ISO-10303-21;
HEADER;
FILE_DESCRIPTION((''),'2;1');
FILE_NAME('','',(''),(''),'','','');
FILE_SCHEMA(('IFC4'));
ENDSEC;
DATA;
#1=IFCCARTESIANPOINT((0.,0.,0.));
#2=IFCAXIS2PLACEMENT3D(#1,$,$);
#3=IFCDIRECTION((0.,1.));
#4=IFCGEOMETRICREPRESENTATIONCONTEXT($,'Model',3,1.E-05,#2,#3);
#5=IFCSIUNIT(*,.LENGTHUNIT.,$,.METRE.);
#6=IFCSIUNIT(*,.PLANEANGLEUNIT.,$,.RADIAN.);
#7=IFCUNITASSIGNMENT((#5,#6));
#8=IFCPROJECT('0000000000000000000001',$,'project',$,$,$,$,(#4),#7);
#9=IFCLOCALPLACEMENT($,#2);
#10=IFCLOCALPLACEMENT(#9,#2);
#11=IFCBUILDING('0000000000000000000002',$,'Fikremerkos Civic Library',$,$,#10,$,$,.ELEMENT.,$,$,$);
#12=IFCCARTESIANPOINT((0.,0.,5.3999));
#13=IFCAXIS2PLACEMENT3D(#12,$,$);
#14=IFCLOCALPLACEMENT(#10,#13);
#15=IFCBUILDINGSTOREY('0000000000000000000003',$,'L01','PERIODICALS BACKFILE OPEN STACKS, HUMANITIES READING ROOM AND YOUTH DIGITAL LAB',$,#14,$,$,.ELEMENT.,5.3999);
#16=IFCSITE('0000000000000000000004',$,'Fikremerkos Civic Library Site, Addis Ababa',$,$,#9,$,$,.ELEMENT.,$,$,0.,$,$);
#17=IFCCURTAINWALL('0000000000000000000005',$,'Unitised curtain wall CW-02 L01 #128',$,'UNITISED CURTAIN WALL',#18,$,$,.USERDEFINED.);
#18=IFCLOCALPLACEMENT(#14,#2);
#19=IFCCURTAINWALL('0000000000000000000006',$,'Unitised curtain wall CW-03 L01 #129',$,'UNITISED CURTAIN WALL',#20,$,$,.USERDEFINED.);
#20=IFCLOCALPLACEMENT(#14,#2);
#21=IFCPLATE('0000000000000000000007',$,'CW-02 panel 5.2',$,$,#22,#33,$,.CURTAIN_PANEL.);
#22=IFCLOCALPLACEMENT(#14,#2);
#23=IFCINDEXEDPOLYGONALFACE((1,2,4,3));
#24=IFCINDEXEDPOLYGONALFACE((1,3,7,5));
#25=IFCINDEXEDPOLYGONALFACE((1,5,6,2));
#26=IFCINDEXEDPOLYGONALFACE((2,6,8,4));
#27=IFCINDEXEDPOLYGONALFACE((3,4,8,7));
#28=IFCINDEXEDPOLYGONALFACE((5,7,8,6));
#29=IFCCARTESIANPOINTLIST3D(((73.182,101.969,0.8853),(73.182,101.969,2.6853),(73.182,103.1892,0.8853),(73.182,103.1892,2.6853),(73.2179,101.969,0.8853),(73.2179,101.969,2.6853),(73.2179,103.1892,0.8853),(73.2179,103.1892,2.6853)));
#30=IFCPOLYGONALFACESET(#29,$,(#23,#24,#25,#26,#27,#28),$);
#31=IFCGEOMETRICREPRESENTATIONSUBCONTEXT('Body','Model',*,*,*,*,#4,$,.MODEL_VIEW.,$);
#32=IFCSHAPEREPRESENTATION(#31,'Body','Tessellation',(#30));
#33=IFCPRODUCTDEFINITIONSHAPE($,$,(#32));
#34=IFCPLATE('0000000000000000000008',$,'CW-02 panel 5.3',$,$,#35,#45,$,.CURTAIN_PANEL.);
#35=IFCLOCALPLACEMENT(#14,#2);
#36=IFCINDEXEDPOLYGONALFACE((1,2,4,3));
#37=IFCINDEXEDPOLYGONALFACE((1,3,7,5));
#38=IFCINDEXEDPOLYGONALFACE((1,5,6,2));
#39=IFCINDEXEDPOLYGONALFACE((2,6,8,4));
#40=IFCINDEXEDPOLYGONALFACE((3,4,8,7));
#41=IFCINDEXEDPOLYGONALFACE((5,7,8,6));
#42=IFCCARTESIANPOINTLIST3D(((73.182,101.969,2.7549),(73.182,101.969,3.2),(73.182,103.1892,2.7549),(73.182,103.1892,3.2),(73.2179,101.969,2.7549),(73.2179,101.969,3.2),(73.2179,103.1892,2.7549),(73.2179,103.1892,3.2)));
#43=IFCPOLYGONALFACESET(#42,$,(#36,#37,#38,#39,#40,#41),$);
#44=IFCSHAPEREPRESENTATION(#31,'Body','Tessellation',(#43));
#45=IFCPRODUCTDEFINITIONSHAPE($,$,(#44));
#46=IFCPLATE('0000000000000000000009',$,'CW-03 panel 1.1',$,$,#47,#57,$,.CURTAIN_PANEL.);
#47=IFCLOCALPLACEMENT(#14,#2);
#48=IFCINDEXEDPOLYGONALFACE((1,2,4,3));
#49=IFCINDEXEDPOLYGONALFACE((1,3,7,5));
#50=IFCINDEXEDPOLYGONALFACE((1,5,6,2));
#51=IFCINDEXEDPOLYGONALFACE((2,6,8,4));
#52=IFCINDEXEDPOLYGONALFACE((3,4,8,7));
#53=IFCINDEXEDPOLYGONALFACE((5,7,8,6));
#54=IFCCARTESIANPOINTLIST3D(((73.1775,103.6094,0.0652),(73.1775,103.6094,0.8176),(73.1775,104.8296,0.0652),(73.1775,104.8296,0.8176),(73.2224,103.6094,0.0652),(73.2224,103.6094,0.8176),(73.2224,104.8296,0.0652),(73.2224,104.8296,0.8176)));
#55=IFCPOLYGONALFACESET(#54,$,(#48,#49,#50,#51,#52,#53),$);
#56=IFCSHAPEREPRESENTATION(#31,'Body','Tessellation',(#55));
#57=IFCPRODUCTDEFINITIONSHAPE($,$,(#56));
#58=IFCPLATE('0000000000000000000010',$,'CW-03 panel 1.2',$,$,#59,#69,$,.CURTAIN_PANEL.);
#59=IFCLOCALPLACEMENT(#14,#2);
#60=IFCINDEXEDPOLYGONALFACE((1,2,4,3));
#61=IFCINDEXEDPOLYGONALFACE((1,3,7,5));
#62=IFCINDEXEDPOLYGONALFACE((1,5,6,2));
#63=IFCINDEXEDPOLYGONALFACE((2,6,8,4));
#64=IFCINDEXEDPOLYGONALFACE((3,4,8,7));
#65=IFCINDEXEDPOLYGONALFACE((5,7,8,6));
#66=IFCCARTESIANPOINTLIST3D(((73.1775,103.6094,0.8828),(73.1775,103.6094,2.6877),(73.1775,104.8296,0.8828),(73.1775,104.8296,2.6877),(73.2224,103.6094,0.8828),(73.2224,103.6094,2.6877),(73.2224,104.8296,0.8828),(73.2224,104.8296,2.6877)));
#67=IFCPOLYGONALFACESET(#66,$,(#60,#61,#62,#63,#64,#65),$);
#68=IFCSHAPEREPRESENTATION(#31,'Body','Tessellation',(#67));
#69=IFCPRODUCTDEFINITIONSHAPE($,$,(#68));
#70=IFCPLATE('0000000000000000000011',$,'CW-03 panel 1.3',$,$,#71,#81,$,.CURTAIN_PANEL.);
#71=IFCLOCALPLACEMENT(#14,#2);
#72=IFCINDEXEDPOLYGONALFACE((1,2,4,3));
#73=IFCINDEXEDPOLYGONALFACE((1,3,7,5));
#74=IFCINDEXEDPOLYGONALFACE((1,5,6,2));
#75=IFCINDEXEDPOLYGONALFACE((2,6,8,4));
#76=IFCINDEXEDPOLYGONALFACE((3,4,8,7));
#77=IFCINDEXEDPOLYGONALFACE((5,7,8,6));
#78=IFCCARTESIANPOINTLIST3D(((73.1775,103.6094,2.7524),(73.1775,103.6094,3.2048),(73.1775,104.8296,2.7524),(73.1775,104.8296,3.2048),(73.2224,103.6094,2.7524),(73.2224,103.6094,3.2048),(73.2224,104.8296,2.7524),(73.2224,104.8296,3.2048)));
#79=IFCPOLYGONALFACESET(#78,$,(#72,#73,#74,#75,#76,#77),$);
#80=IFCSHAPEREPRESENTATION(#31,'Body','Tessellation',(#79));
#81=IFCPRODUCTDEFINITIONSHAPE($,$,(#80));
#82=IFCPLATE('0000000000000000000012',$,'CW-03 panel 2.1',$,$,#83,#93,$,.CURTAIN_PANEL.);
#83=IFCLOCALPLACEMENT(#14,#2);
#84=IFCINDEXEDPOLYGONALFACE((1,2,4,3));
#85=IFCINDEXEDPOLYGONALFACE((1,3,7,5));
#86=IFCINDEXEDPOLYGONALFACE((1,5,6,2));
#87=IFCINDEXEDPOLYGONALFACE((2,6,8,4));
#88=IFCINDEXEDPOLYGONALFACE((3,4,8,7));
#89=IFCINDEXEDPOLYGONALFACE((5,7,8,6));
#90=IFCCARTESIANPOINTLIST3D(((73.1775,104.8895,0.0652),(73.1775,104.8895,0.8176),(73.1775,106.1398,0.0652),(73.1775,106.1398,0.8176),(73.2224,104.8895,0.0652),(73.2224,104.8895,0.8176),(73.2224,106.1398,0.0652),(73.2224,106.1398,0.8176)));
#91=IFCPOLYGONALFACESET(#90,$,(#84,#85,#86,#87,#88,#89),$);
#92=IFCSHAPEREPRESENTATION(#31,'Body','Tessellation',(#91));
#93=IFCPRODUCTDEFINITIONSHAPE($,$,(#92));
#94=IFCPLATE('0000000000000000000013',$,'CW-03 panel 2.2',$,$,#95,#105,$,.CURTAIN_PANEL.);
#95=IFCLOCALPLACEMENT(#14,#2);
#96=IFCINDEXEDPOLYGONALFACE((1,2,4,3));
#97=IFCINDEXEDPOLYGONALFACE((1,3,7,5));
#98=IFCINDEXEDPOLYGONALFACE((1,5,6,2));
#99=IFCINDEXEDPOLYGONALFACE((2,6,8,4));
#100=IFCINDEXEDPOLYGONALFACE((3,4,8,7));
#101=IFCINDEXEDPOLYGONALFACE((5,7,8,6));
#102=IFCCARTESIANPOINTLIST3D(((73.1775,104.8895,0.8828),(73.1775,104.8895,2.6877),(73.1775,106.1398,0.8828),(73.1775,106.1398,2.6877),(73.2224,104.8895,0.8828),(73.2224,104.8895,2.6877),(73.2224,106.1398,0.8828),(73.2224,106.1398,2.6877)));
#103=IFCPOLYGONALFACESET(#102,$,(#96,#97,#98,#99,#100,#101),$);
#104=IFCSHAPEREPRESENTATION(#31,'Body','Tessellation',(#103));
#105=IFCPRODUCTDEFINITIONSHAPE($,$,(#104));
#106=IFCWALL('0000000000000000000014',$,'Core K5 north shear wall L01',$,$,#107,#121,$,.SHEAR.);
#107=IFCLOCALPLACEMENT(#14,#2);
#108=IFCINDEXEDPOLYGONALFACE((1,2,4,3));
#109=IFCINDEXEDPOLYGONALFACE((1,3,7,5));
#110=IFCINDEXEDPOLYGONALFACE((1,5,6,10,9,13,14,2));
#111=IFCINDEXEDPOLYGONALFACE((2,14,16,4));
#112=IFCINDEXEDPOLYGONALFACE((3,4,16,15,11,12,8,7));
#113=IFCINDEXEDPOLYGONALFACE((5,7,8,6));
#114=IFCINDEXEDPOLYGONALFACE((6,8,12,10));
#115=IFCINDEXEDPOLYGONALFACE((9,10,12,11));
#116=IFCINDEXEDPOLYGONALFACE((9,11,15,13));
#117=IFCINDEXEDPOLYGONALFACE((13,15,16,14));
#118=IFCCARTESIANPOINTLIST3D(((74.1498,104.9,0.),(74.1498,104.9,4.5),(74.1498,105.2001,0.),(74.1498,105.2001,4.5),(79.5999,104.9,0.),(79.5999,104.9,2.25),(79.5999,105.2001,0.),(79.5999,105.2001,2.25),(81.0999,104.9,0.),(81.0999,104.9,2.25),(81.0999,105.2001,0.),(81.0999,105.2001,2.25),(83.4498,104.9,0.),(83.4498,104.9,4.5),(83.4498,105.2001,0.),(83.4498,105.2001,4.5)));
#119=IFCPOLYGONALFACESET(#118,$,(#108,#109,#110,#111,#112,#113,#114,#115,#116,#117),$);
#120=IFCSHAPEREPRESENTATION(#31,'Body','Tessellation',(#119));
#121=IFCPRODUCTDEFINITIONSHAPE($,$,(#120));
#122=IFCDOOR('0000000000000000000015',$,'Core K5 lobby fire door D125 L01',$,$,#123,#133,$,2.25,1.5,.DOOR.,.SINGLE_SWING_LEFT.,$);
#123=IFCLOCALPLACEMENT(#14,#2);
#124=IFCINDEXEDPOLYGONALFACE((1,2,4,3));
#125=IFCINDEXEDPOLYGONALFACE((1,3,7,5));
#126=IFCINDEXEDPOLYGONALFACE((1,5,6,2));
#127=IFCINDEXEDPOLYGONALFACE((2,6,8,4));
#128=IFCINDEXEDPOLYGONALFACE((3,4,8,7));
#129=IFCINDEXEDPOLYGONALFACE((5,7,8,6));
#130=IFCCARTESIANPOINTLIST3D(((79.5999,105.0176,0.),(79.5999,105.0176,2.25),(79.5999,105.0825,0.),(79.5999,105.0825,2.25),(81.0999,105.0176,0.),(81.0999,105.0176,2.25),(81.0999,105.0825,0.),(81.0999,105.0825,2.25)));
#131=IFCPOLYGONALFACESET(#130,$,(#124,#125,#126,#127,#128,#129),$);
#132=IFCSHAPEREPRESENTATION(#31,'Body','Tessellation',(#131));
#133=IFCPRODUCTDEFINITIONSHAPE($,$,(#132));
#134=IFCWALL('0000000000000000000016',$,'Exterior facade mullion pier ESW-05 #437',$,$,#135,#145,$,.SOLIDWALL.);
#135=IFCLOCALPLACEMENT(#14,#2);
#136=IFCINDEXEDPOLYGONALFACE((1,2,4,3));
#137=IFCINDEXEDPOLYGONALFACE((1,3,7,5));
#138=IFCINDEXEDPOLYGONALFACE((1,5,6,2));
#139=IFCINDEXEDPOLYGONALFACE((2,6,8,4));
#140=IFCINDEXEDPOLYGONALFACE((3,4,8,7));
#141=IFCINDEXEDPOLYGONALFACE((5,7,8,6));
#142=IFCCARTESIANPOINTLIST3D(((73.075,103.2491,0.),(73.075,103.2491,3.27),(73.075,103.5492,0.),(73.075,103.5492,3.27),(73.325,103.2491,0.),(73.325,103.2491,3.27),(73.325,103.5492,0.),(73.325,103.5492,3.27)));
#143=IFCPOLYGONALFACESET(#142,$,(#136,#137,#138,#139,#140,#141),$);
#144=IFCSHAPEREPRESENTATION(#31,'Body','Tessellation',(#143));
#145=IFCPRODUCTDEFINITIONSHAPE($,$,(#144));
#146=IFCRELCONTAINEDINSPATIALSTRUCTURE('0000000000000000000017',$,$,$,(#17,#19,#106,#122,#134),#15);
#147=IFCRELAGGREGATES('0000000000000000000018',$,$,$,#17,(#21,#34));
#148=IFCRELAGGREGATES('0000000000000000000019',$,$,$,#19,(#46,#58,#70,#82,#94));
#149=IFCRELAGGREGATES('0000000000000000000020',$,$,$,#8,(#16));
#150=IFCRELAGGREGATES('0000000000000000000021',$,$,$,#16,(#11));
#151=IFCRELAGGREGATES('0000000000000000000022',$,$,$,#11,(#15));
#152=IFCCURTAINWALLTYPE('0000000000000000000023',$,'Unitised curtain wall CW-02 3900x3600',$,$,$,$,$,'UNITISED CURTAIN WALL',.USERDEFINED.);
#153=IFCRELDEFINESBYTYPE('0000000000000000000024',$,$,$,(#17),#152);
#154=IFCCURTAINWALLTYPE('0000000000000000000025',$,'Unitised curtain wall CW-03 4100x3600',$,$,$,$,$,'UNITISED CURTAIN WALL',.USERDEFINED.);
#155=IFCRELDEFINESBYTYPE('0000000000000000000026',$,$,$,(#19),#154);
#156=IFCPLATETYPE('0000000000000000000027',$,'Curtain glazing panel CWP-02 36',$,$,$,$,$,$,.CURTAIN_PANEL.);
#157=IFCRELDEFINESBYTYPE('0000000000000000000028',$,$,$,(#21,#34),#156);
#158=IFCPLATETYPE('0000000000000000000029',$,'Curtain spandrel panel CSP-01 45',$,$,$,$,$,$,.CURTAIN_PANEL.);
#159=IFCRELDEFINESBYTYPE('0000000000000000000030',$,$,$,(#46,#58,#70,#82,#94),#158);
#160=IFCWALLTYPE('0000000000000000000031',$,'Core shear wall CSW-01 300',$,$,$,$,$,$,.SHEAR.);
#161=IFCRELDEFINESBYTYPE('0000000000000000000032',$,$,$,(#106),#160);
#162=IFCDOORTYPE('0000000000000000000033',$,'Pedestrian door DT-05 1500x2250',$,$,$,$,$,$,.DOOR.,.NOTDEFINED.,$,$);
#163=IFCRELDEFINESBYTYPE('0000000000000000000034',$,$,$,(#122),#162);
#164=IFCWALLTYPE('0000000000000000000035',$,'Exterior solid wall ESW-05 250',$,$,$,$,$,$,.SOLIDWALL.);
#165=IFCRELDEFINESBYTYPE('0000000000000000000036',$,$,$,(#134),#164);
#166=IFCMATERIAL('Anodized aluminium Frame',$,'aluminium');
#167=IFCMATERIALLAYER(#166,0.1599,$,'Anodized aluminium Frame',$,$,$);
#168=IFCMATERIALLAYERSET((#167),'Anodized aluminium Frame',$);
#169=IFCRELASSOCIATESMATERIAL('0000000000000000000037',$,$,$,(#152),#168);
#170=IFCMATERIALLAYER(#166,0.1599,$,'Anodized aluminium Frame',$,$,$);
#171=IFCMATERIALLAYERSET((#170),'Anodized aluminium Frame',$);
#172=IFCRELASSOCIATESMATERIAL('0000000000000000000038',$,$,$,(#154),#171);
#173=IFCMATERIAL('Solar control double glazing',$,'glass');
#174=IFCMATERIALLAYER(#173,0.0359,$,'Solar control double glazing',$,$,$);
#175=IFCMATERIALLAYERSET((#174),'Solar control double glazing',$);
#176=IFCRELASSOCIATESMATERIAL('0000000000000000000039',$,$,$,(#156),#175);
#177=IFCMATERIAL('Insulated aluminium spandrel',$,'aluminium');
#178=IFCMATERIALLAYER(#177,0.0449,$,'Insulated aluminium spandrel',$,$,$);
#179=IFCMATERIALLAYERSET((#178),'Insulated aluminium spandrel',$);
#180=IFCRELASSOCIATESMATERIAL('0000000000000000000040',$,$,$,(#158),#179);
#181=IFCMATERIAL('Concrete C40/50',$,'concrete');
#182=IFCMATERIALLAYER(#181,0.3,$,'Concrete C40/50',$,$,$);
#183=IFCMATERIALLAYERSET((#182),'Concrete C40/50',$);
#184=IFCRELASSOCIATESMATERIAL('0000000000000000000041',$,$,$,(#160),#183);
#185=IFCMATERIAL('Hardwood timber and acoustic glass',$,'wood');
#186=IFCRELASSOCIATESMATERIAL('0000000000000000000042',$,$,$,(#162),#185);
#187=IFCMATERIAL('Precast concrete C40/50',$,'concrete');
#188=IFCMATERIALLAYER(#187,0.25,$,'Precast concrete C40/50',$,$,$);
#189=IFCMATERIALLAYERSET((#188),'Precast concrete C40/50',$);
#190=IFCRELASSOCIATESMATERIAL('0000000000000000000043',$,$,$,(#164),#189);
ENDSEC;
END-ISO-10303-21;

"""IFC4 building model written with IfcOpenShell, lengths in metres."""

from ifc_helpers import new_model, si_unit, direction, frame, frame_2d, origin, origin_2d, place, context, subcontext, project, spatial, rectangle, extrude, material, layer, layer_set, type_object, element, fill, aggregate, save


model = new_model("IFC4")

# Units and contexts
model_context = context("Model", 3, precision=1e-05, world=origin(), true_north=direction((0.0, 1.0)))
body_context = subcontext(model_context, "Body", "Model", "MODEL_VIEW")
ifc_project = project(units=[si_unit("LENGTHUNIT", "METRE"), si_unit("PLANEANGLEUNIT", "RADIAN")], contexts=[model_context])

# Site, building, storey
site_placement = place(None, origin())
site = spatial("IfcSite", under=ifc_project, at=site_placement, Name="Fikremerkos Civic Library Site, Addis Ababa", CompositionType="ELEMENT", RefElevation=0.0)
building_placement = place(site_placement, origin())
building = spatial("IfcBuilding", under=site, at=building_placement, Name="Fikremerkos Civic Library", CompositionType="ELEMENT")
storey_placement = place(building_placement, frame((0.0, 0.0, 5.3999)))
storey = spatial("IfcBuildingStorey", under=building, at=storey_placement, Name="L01", Description="PERIODICALS BACKFILE OPEN STACKS, HUMANITIES READING ROOM AND YOUTH DIGITAL LAB", CompositionType="ELEMENT", Elevation=5.3999)

# Curtain wall
ifc_material_1 = material(Name="Anodized aluminium Frame", Category="aluminium")
ifc_layer_1 = layer(ifc_material_1, 0.1599, Name="Anodized aluminium Frame")
ifc_layer_set_1 = layer_set([ifc_layer_1], Name="Anodized aluminium Frame")
curtain_wall_type_1 = type_object("IfcCurtainWallType", Name="Unitised curtain wall CW-02 3900x3600", ElementType="UNITISED CURTAIN WALL", PredefinedType="USERDEFINED", material=ifc_layer_set_1)
curtain_wall_1_placement = place(storey_placement, origin())
curtain_wall_1 = element("IfcCurtainWall", 1, at=curtain_wall_1_placement, inside=storey, type_object=curtain_wall_type_1, Name="Unitised curtain wall CW-02 L01 #128", ObjectType="UNITISED CURTAIN WALL", PredefinedType="USERDEFINED")

# Curtain wall
ifc_layer_2 = layer(ifc_material_1, 0.1599, Name="Anodized aluminium Frame")
ifc_layer_set_2 = layer_set([ifc_layer_2], Name="Anodized aluminium Frame")
curtain_wall_type_2 = type_object("IfcCurtainWallType", Name="Unitised curtain wall CW-03 4100x3600", ElementType="UNITISED CURTAIN WALL", PredefinedType="USERDEFINED", material=ifc_layer_set_2)
curtain_wall_2_placement = place(storey_placement, origin())
curtain_wall_2 = element("IfcCurtainWall", 2, at=curtain_wall_2_placement, inside=storey, type_object=curtain_wall_type_2, Name="Unitised curtain wall CW-03 L01 #129", ObjectType="UNITISED CURTAIN WALL", PredefinedType="USERDEFINED")

# Plates
ifc_material_2 = material(Name="Solar control double glazing", Category="glass")
ifc_layer_3 = layer(ifc_material_2, 0.0359, Name="Solar control double glazing")
ifc_layer_set_3 = layer_set([ifc_layer_3], Name="Solar control double glazing")
plate_type_1 = type_object("IfcPlateType", Name="Curtain glazing panel CWP-02 36", PredefinedType="CURTAIN_PANEL", material=ifc_layer_set_3)
plate_1_placement = place(storey_placement, frame((73.2, 102.5791, 0.8853), z_axis=(0.0, 0.0, 1.0), x_axis=(0.0, 1.0, 0.0)))
plate_1 = element("IfcPlate", 3, at=plate_1_placement, type_object=plate_type_1, Name="CW-02 panel 5.2", PredefinedType="CURTAIN_PANEL", context=body_context, shape_type="SweptSolid", body=[
    extrude(rectangle(XDim=1.2202, YDim=0.0359, at=origin_2d()), origin(), (0.0, 0.0, 1.0), 1.8),
])
plate_2_placement = place(storey_placement, frame((73.2, 102.5791, 2.7549), z_axis=(0.0, 0.0, 1.0), x_axis=(0.0, 1.0, 0.0)))
plate_2 = element("IfcPlate", 4, at=plate_2_placement, type_object=plate_type_1, Name="CW-02 panel 5.3", PredefinedType="CURTAIN_PANEL", context=body_context, shape_type="SweptSolid", body=[
    extrude(rectangle(XDim=1.2202, YDim=0.0359, at=origin_2d()), origin(), (0.0, 0.0, 1.0), 0.4451),
])
aggregate(curtain_wall_1, [plate_1, plate_2])
ifc_material_3 = material(Name="Insulated aluminium spandrel", Category="aluminium")
ifc_layer_4 = layer(ifc_material_3, 0.0449, Name="Insulated aluminium spandrel")
ifc_layer_set_4 = layer_set([ifc_layer_4], Name="Insulated aluminium spandrel")
plate_type_2 = type_object("IfcPlateType", Name="Curtain spandrel panel CSP-01 45", PredefinedType="CURTAIN_PANEL", material=ifc_layer_set_4)
plate_3_placement = place(storey_placement, frame((73.2, 104.2195, 0.0652), z_axis=(0.0, 0.0, 1.0), x_axis=(0.0, 1.0, 0.0)))
plate_3 = element("IfcPlate", 5, at=plate_3_placement, type_object=plate_type_2, Name="CW-03 panel 1.1", PredefinedType="CURTAIN_PANEL", context=body_context, shape_type="SweptSolid", body=[
    extrude(rectangle(XDim=1.2202, YDim=0.0449, at=origin_2d()), origin(), (0.0, 0.0, 1.0), 0.7524),
])
plate_4_placement = place(storey_placement, frame((73.2, 104.2195, 0.8828), z_axis=(0.0, 0.0, 1.0), x_axis=(0.0, 1.0, 0.0)))
plate_4 = element("IfcPlate", 6, at=plate_4_placement, type_object=plate_type_2, Name="CW-03 panel 1.2", PredefinedType="CURTAIN_PANEL", context=body_context, shape_type="SweptSolid", body=[
    extrude(rectangle(XDim=1.2202, YDim=0.0449, at=origin_2d()), origin(), (0.0, 0.0, 1.0), 1.8049),
])
plate_5_placement = place(storey_placement, frame((73.2, 104.2195, 2.7524), z_axis=(0.0, 0.0, 1.0), x_axis=(0.0, 1.0, 0.0)))
plate_5 = element("IfcPlate", 7, at=plate_5_placement, type_object=plate_type_2, Name="CW-03 panel 1.3", PredefinedType="CURTAIN_PANEL", context=body_context, shape_type="SweptSolid", body=[
    extrude(rectangle(XDim=1.2202, YDim=0.0449, at=origin_2d()), origin(), (0.0, 0.0, 1.0), 0.4524),
])
plate_6_placement = place(storey_placement, frame((73.2, 105.5146, 0.0652), z_axis=(0.0, 0.0, 1.0), x_axis=(0.0, 1.0, 0.0)))
plate_6 = element("IfcPlate", 8, at=plate_6_placement, type_object=plate_type_2, Name="CW-03 panel 2.1", PredefinedType="CURTAIN_PANEL", context=body_context, shape_type="SweptSolid", body=[
    extrude(rectangle(XDim=1.2502, YDim=0.0449, at=origin_2d()), origin(), (0.0, 0.0, 1.0), 0.7524),
])
plate_7_placement = place(storey_placement, frame((73.2, 105.5146, 0.8828), z_axis=(0.0, 0.0, 1.0), x_axis=(0.0, 1.0, 0.0)))
plate_7 = element("IfcPlate", 9, at=plate_7_placement, type_object=plate_type_2, Name="CW-03 panel 2.2", PredefinedType="CURTAIN_PANEL", context=body_context, shape_type="SweptSolid", body=[
    extrude(rectangle(XDim=1.2502, YDim=0.0449, at=origin_2d()), origin(), (0.0, 0.0, 1.0), 1.8049),
])
aggregate(curtain_wall_2, [plate_3, plate_4, plate_5, plate_6, plate_7])

# Wall, opening, door
ifc_material_4 = material(Name="Concrete C40/50", Category="concrete")
ifc_layer_5 = layer(ifc_material_4, 0.3, Name="Concrete C40/50")
ifc_layer_set_5 = layer_set([ifc_layer_5], Name="Concrete C40/50")
wall_type_1 = type_object("IfcWallType", Name="Core shear wall CSW-01 300", PredefinedType="SHEAR", material=ifc_layer_set_5)
wall_1_placement = place(storey_placement, frame((74.1499, 105.05, 0.0), z_axis=(0.0, 0.0, 1.0), x_axis=(1.0, 0.0, 0.0)))
wall_1 = element("IfcWall", 10, at=wall_1_placement, inside=storey, type_object=wall_type_1, Name="Core K5 north shear wall L01", PredefinedType="SHEAR", context=body_context, shape_type="SweptSolid", body=[
    extrude(rectangle(XDim=9.3, YDim=0.3, at=frame_2d((4.6499, 0.0))), origin(), (0.0, 0.0, 1.0), 4.5),
])
opening_placement = place(wall_1_placement, frame((5.45, 0.0, 0.0)))
opening = element("IfcOpeningElement", 11, at=opening_placement, cuts=wall_1, PredefinedType="OPENING", context=body_context, shape_type="SweptSolid", body=[
    extrude(rectangle(XDim=1.5, YDim=2.25, at=frame_2d((0.75, 1.125))), frame((0.0, 0.1599, 0.0), z_axis=(0.0, -1.0, 0.0), x_axis=(1.0, 0.0, 0.0)), (0.0, 0.0, 1.0), 0.3201),
])
ifc_material_5 = material(Name="Hardwood timber and acoustic glass", Category="wood")
door_type = type_object("IfcDoorType", Name="Pedestrian door DT-05 1500x2250", OperationType="NOTDEFINED", PredefinedType="DOOR", material=ifc_material_5)
door_placement = place(opening_placement, origin())
door = element("IfcDoor", 12, at=door_placement, inside=storey, type_object=door_type, Name="Core K5 lobby fire door D125 L01", OperationType="SINGLE_SWING_LEFT", OverallHeight=2.25, OverallWidth=1.5, PredefinedType="DOOR", context=body_context, shape_type="SweptSolid", body=[
    extrude(rectangle(XDim=1.5, YDim=2.25, at=frame_2d((0.75, 1.125))), frame((0.0, 0.0325, 0.0), z_axis=(0.0, -1.0, 0.0), x_axis=(1.0, 0.0, 0.0)), (0.0, 0.0, 1.0), 0.0649),
])
fill(opening, door)

# Wall
ifc_material_6 = material(Name="Precast concrete C40/50", Category="concrete")
ifc_layer_6 = layer(ifc_material_6, 0.25, Name="Precast concrete C40/50")
ifc_layer_set_6 = layer_set([ifc_layer_6], Name="Precast concrete C40/50")
wall_type_2 = type_object("IfcWallType", Name="Exterior solid wall ESW-05 250", PredefinedType="SOLIDWALL", material=ifc_layer_set_6)
wall_2_placement = place(storey_placement, frame((73.2, 103.2493, 0.0), z_axis=(0.0, 0.0, 1.0), x_axis=(0.0, 1.0, 0.0)))
element("IfcWall", 13, at=wall_2_placement, inside=storey, type_object=wall_type_2, Name="Exterior facade mullion pier ESW-05 #437", PredefinedType="SOLIDWALL", context=body_context, shape_type="SweptSolid", body=[
    extrude(rectangle(XDim=0.3, YDim=0.25, at=frame_2d((0.1499, 0.0))), origin(), (0.0, 0.0, 1.0), 3.27),
])

save(model, "model.ifc")
